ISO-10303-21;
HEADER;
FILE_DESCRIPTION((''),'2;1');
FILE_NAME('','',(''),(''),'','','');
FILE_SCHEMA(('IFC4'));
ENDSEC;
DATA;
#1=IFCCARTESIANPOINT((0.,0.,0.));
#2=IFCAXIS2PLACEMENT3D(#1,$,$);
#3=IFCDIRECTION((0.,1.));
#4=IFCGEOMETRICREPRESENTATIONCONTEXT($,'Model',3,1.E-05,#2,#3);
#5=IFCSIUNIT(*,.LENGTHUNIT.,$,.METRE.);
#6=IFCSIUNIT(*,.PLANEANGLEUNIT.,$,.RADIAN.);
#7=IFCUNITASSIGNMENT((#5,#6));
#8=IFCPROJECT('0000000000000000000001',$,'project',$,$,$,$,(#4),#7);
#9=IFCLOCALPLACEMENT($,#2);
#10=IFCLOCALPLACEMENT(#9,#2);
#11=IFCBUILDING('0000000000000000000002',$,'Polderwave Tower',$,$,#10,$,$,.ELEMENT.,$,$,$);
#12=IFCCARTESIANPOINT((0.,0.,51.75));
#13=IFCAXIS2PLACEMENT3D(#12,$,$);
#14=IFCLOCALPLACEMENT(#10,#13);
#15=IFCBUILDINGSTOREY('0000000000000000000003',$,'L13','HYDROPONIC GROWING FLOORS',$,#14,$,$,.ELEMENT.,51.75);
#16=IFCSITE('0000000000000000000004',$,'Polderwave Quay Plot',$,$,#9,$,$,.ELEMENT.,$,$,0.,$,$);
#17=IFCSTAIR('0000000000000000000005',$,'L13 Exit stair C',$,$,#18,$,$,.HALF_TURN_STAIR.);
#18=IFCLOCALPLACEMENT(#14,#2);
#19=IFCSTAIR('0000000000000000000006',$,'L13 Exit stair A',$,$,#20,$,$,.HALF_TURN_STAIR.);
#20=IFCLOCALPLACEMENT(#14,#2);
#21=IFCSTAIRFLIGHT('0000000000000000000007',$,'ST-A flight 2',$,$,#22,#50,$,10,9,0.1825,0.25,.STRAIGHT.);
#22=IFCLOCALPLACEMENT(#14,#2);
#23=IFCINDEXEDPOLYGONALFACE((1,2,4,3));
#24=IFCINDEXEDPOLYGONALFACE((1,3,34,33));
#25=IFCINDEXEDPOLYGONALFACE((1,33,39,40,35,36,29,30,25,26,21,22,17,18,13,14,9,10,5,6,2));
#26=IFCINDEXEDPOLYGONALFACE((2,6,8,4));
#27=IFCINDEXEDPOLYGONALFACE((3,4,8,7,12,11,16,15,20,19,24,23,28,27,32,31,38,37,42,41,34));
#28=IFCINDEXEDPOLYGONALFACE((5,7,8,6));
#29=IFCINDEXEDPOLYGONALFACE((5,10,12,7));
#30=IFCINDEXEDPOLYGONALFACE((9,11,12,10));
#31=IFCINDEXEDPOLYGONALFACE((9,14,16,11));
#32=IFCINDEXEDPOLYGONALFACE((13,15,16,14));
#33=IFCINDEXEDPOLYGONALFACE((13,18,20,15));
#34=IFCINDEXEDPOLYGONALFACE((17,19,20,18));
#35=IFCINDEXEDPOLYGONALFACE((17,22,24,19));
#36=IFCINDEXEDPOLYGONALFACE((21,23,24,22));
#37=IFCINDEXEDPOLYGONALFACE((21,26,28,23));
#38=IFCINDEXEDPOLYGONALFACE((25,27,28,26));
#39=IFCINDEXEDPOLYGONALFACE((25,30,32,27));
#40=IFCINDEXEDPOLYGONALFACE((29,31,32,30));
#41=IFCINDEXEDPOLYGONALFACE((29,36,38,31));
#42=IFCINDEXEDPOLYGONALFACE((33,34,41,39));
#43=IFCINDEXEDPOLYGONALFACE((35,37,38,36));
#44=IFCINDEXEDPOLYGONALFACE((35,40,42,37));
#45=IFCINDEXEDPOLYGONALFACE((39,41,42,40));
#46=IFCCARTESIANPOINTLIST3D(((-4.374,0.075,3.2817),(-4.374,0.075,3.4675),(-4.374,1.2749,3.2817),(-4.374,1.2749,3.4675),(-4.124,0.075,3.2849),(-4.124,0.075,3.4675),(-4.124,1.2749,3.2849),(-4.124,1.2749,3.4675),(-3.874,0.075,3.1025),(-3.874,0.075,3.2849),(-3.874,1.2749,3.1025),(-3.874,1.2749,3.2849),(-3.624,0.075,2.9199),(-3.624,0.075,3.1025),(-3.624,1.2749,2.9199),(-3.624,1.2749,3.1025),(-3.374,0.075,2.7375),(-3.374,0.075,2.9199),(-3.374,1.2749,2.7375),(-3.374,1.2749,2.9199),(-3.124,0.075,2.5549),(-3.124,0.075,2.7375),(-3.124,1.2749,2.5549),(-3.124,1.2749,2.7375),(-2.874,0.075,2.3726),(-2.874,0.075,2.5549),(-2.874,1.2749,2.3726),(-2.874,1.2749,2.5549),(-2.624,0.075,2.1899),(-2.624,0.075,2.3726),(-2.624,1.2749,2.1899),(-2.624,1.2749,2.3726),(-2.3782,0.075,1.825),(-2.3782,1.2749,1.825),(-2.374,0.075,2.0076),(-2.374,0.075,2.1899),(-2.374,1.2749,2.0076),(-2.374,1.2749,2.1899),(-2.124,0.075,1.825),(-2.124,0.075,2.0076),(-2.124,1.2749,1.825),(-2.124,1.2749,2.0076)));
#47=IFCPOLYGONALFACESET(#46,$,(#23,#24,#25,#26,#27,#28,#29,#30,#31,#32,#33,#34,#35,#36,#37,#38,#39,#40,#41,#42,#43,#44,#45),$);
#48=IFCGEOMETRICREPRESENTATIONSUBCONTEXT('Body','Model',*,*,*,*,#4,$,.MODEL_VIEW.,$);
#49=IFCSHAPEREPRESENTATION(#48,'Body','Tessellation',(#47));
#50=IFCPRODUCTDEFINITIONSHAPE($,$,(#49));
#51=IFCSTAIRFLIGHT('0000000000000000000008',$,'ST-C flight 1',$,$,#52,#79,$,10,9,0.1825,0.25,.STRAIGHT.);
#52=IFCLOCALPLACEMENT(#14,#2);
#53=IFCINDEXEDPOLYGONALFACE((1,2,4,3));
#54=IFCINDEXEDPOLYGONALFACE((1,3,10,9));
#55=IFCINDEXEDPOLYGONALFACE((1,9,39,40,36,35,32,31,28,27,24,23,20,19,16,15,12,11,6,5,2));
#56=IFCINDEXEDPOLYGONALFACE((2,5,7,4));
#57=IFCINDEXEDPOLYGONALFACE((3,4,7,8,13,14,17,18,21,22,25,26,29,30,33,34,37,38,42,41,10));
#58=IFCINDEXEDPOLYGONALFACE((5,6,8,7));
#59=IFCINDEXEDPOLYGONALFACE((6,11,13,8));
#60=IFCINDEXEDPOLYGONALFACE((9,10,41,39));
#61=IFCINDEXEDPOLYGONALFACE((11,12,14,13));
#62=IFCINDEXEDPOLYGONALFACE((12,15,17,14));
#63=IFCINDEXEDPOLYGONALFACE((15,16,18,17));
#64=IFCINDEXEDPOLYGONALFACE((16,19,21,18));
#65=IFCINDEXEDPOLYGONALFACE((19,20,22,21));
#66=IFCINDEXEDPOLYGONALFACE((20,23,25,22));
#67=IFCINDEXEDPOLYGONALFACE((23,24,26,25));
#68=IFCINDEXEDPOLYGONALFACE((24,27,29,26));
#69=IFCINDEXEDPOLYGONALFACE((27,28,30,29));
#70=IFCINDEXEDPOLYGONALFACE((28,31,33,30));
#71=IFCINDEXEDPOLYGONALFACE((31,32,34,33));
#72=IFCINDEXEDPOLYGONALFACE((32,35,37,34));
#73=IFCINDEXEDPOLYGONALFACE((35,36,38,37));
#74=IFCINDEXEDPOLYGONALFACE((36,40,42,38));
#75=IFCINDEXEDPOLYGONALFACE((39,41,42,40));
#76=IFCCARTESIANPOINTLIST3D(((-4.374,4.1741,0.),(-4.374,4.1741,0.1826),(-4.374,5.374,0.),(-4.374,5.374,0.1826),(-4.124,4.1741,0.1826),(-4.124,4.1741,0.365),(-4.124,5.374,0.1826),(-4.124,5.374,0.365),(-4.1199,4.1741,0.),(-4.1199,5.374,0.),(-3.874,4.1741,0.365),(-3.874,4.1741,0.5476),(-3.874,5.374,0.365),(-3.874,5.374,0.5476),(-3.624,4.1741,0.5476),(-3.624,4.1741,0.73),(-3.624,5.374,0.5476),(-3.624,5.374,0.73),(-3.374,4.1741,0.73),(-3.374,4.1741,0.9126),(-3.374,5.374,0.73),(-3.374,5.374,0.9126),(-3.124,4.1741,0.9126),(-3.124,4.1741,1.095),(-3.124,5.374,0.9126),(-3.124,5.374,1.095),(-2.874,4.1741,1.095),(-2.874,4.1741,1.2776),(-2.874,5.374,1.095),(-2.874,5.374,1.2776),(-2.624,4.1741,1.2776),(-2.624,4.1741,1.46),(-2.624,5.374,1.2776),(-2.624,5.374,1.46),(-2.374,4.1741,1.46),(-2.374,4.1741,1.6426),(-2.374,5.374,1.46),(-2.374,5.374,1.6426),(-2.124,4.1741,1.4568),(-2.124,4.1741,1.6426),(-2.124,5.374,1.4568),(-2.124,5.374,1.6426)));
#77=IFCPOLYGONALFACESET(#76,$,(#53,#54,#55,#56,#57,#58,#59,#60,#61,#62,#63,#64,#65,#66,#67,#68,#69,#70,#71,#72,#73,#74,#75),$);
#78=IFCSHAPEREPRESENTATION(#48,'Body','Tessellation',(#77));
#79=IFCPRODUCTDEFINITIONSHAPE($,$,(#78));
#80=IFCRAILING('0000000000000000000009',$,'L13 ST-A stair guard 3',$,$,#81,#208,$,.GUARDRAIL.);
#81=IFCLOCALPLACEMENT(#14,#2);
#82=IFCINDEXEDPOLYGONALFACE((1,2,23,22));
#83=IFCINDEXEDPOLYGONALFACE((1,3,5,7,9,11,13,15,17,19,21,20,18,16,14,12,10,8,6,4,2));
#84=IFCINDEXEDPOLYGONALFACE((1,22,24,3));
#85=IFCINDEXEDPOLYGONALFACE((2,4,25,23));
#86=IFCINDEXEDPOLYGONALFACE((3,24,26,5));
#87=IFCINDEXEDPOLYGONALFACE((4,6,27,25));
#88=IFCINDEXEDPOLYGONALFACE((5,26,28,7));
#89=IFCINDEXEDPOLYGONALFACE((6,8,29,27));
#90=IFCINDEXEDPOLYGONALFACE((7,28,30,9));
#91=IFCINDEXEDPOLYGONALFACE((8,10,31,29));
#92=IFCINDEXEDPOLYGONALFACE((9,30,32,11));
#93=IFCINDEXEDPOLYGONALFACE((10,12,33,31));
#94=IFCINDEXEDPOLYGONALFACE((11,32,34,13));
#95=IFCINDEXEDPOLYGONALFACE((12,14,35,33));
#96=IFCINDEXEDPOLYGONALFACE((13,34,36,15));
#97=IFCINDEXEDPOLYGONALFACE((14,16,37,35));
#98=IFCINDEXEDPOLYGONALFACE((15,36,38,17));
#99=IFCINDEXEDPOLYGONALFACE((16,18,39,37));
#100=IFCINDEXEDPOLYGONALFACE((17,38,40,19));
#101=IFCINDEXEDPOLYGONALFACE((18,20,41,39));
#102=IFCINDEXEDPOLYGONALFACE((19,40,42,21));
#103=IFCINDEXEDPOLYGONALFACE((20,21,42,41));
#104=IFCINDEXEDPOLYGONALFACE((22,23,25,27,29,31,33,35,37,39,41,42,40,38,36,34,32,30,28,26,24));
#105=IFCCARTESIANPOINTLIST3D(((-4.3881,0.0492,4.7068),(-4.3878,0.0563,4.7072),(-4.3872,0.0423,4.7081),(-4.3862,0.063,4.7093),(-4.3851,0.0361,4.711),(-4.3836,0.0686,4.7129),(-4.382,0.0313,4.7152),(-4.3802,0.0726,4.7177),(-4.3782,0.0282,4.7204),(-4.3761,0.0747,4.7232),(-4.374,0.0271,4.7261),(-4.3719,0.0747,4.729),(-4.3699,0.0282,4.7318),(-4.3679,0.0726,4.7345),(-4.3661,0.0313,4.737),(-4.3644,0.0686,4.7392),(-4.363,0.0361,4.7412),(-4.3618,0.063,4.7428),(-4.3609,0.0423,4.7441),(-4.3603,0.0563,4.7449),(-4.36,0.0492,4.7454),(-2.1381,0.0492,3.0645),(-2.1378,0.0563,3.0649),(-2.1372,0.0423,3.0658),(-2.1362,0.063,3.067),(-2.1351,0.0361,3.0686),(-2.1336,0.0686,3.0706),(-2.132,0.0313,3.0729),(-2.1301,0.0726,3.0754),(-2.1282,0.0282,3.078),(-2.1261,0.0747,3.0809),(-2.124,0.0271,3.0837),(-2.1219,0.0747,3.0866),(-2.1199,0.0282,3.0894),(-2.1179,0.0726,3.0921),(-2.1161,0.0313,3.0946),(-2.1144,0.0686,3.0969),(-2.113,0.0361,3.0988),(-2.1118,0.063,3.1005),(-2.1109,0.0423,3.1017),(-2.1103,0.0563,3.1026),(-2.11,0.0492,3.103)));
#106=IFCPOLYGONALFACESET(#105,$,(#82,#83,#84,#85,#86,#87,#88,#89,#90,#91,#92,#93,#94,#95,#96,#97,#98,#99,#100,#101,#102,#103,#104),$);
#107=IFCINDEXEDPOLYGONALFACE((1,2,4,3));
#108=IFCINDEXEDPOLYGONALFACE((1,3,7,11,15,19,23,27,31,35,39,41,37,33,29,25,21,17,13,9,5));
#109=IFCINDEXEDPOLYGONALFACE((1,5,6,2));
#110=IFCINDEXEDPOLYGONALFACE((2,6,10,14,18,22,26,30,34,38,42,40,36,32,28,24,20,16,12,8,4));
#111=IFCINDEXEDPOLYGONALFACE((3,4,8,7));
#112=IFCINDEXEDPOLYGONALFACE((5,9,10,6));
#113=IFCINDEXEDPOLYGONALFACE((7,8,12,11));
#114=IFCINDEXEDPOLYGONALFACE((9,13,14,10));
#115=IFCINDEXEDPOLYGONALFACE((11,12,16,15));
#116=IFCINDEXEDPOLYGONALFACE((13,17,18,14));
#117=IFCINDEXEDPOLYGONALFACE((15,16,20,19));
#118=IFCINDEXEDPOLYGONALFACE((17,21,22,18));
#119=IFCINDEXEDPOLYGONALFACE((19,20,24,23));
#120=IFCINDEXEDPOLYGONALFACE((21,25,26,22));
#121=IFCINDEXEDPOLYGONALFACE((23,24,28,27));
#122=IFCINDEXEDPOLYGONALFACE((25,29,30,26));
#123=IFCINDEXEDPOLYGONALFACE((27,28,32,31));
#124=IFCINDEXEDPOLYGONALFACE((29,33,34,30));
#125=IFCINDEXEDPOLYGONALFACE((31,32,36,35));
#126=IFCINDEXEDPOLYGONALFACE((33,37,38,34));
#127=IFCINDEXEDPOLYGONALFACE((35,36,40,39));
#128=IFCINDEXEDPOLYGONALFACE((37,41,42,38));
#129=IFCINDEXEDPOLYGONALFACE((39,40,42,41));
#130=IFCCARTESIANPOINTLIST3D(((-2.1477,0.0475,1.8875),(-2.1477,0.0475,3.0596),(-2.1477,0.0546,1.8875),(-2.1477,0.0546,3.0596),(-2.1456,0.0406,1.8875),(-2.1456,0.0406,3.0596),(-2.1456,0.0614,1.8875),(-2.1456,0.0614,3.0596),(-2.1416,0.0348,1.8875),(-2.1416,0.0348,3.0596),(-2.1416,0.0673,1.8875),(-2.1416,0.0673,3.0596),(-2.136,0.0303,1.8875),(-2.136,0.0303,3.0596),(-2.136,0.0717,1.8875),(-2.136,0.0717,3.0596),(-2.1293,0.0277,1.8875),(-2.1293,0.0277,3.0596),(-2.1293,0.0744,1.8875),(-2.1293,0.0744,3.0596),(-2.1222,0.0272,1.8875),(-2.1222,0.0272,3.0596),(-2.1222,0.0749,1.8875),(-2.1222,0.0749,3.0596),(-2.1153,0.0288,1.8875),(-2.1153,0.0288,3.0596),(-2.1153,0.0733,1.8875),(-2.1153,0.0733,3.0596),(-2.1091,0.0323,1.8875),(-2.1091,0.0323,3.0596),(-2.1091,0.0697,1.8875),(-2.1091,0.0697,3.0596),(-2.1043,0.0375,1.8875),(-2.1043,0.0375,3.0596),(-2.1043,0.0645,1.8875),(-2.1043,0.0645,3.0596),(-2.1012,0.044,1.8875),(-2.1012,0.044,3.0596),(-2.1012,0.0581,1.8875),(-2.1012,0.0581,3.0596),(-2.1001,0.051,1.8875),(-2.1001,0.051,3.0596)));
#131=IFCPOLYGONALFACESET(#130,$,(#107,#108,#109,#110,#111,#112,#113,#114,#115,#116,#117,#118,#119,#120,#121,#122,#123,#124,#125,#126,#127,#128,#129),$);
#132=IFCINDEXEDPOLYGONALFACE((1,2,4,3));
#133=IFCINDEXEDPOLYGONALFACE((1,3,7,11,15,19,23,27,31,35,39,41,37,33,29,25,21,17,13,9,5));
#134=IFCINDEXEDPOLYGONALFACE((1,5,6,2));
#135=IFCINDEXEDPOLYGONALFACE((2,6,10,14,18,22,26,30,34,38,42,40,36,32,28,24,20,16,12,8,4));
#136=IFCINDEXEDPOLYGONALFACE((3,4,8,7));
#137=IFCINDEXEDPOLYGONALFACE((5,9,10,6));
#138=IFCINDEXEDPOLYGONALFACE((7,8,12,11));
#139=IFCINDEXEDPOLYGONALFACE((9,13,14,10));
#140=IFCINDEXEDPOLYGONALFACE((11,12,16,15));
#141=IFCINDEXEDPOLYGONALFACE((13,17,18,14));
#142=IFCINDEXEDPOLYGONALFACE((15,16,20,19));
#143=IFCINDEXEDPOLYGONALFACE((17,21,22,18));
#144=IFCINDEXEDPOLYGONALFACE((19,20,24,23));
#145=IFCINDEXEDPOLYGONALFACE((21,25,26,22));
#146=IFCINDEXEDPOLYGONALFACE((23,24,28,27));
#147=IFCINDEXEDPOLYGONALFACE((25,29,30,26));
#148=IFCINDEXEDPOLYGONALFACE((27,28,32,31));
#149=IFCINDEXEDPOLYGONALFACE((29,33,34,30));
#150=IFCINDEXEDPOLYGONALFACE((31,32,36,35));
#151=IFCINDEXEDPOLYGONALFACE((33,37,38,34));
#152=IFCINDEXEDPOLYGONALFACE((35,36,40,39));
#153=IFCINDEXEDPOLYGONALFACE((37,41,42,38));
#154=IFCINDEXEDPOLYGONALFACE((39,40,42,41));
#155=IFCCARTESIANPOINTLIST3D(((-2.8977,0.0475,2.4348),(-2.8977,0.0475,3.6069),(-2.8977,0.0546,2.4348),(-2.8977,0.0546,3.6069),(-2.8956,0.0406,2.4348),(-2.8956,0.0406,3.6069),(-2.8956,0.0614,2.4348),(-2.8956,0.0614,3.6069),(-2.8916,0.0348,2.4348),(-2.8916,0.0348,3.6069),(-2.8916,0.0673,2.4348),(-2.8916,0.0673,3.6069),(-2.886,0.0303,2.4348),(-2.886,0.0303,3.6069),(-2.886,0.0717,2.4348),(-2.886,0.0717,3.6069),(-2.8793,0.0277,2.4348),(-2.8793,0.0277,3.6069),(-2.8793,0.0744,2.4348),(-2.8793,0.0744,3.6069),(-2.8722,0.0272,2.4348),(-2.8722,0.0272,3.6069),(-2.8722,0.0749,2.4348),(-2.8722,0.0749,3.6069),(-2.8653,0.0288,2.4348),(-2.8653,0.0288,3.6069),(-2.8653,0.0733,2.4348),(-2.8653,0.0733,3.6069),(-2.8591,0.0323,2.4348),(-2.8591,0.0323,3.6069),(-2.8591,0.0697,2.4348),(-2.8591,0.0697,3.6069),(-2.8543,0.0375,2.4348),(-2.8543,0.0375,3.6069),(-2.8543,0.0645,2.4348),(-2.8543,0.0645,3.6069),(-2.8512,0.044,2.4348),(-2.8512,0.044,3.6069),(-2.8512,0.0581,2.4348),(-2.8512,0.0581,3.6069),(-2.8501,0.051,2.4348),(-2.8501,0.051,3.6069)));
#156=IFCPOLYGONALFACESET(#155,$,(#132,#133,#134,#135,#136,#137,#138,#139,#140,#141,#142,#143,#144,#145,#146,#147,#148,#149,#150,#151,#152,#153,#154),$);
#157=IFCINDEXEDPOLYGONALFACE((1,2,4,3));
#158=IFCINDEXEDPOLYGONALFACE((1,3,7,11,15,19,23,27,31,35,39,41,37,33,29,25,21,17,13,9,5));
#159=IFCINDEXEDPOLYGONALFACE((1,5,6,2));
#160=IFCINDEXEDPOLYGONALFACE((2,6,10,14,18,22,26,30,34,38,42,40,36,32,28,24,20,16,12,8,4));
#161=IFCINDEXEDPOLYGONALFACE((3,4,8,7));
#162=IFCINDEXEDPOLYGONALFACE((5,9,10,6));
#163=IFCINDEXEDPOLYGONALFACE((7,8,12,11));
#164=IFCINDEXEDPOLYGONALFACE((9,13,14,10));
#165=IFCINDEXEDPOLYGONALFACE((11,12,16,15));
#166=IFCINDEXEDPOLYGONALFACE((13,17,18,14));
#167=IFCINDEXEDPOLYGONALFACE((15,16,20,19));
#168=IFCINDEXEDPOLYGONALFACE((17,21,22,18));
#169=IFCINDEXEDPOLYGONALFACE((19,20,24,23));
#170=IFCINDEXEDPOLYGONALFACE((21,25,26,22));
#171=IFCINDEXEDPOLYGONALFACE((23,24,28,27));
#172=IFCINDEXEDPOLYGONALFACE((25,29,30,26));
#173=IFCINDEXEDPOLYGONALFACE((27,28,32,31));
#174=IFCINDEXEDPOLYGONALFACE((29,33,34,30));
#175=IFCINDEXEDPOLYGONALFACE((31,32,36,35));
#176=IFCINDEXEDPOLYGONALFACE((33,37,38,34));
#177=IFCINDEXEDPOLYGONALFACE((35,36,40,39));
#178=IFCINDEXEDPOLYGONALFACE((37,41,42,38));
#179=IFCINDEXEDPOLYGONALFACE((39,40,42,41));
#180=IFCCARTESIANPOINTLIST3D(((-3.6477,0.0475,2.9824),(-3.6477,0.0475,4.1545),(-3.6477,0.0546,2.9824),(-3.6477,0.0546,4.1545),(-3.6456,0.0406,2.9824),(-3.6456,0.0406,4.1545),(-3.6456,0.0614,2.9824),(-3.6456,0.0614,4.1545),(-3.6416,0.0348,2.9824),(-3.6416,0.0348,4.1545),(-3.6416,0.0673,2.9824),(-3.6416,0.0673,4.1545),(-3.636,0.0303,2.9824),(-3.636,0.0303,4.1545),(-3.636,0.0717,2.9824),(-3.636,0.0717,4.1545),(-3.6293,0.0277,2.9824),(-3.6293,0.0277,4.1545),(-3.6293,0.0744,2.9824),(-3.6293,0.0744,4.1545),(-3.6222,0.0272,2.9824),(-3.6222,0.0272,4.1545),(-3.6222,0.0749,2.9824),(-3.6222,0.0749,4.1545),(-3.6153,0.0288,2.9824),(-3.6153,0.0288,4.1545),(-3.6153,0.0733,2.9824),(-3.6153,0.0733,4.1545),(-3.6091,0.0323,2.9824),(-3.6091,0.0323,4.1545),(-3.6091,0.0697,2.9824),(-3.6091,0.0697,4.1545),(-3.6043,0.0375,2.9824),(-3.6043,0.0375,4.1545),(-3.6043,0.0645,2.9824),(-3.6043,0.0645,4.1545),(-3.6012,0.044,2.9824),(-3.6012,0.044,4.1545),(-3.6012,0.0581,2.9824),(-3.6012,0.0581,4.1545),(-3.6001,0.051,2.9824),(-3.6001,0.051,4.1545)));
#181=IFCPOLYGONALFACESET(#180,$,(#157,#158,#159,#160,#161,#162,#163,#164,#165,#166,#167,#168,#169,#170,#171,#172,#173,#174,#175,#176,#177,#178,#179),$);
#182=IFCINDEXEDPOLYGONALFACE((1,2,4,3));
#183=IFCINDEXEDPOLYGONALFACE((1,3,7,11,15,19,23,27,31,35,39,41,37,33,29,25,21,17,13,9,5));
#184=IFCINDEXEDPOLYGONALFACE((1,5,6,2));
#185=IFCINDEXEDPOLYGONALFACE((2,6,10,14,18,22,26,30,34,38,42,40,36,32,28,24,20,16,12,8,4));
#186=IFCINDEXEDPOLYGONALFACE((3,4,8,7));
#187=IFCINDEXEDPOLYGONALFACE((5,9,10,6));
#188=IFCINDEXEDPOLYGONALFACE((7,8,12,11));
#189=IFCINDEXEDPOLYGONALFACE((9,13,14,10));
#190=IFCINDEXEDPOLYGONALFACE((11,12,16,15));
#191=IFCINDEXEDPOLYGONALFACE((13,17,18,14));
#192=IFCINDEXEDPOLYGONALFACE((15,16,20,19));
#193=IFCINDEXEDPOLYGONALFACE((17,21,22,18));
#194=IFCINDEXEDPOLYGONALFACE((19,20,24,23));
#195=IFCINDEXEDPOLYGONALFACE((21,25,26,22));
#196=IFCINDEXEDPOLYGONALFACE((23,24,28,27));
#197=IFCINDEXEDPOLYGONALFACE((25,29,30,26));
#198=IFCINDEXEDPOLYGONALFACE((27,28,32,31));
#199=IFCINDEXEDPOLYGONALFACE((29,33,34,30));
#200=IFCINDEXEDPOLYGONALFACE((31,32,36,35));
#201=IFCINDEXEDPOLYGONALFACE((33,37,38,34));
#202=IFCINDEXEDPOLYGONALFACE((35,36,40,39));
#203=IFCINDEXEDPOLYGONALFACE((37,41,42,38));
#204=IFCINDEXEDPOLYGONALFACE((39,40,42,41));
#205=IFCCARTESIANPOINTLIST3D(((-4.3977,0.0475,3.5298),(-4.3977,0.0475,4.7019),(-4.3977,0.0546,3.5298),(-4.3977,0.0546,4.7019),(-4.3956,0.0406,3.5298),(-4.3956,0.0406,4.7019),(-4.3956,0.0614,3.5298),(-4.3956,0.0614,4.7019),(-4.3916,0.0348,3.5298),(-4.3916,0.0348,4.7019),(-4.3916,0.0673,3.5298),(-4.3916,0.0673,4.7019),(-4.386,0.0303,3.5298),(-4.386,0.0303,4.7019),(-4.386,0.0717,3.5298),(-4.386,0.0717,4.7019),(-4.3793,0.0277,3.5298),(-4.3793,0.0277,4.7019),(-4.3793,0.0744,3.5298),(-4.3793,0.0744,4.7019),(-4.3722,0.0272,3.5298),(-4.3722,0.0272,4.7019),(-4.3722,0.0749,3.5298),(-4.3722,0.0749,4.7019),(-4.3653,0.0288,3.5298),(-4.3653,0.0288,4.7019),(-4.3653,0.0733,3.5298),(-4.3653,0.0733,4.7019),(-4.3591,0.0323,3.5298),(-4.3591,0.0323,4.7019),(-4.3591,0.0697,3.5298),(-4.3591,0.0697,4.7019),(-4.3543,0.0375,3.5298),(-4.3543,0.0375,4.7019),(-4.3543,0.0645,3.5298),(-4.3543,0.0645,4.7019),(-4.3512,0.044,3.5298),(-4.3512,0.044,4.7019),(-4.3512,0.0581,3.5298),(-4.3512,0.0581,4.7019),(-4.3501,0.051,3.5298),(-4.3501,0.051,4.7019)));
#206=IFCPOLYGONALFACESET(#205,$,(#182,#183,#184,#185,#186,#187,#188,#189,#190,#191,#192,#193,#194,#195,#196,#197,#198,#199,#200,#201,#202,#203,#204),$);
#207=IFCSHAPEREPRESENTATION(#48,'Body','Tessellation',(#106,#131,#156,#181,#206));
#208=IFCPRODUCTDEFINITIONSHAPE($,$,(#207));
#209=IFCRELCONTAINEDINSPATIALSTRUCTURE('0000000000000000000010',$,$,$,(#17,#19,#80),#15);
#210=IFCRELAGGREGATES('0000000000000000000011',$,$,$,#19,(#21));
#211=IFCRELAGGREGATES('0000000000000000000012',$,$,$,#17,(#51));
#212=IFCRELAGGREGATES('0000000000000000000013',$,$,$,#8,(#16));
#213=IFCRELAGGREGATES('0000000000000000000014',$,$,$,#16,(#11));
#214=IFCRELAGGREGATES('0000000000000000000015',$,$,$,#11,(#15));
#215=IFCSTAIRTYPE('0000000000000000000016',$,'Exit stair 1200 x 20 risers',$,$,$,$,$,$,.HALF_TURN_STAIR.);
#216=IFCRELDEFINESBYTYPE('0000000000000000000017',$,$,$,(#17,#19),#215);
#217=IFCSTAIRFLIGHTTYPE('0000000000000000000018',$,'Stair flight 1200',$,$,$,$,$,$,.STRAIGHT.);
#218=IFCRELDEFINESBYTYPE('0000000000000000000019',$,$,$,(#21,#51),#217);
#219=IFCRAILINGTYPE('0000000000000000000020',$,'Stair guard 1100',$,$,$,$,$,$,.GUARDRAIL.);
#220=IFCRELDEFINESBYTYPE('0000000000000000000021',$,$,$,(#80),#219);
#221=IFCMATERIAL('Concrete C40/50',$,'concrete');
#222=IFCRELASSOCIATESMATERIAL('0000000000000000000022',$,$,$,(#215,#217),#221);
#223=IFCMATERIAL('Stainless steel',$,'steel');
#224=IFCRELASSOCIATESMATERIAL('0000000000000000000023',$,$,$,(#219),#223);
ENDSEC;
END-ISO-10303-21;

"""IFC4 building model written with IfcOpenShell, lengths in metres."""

from ifc_helpers import new_model, si_unit, direction, frame, origin, origin_2d, place, context, subcontext, project, spatial, polyline, circle, outline, extrude, material, type_object, element, aggregate, save


model = new_model("IFC4")

# Units and contexts
model_context = context("Model", 3, precision=1e-05, world=origin(), true_north=direction((0.0, 1.0)))
body_context = subcontext(model_context, "Body", "Model", "MODEL_VIEW")
ifc_project = project(units=[si_unit("LENGTHUNIT", "METRE"), si_unit("PLANEANGLEUNIT", "RADIAN")], contexts=[model_context])

# Site, building, storey
site_placement = place(None, origin())
site = spatial("IfcSite", under=ifc_project, at=site_placement, Name="Polderwave Quay Plot", CompositionType="ELEMENT", RefElevation=0.0)
building_placement = place(site_placement, origin())
building = spatial("IfcBuilding", under=site, at=building_placement, Name="Polderwave Tower", CompositionType="ELEMENT")
storey_placement = place(building_placement, frame((0.0, 0.0, 51.75)))
storey = spatial("IfcBuildingStorey", under=building, at=storey_placement, Name="L13", Description="HYDROPONIC GROWING FLOORS", CompositionType="ELEMENT", Elevation=51.75)

# Shared definitions
ifc_material_1 = material(Name="Concrete C40/50", Category="concrete")

# Stair
stair_type = type_object("IfcStairType", Name="Exit stair 1200 x 20 risers", PredefinedType="HALF_TURN_STAIR", material=ifc_material_1)
stair_1_placement = place(storey_placement, origin())
stair_1 = element("IfcStair", 1, at=stair_1_placement, inside=storey, type_object=stair_type, Name="L13 Exit stair C", PredefinedType="HALF_TURN_STAIR")

# Stair, stair flight
stair_2_placement = place(storey_placement, origin())
stair_2 = element("IfcStair", 2, at=stair_2_placement, inside=storey, type_object=stair_type, Name="L13 Exit stair A", PredefinedType="HALF_TURN_STAIR")
stair_flight_type = type_object("IfcStairFlightType", Name="Stair flight 1200", PredefinedType="STRAIGHT", material=ifc_material_1)
stair_flight_1_placement = place(storey_placement, frame((-2.124, 0.675, 1.825), z_axis=(0.0, 0.0, 1.0), x_axis=(-1.0, 0.0, 0.0)))
stair_flight_1 = element("IfcStairFlight", 3, at=stair_flight_1_placement, type_object=stair_flight_type, Name="ST-A flight 2", NumberOfRisers=10, NumberOfTreads=9, PredefinedType="STRAIGHT", RiserHeight=0.1825, TreadLength=0.25, context=body_context, shape_type="SweptSolid", body=[
    extrude(outline(polyline([(0.0, 0.0), (0.0, 0.1826), (0.25, 0.1826), (0.25, 0.365), (0.5, 0.365), (0.5, 0.5476), (0.75, 0.5476), (0.75, 0.73), (1.0, 0.73), (1.0, 0.9126), (1.25, 0.9126), (1.25, 1.095), (1.5, 1.095), (1.5, 1.2776), (1.75, 1.2776), (1.75, 1.46), (2.0, 1.46), (2.0, 1.6426), (2.25, 1.6426), (2.25, 1.825), (2.25, 1.4568), (0.2542, 0.0), (0.0, 0.0)])), frame((0.0, 0.6001, 0.0), z_axis=(0.0, -1.0, 0.0), x_axis=(1.0, 0.0, 0.0)), (0.0, 0.0, 1.0), 1.2),
])
aggregate(stair_2, [stair_flight_1])

# Stair flight
stair_flight_2_placement = place(storey_placement, frame((-4.374, 4.7739, 0.0), z_axis=(0.0, 0.0, 1.0), x_axis=(1.0, 0.0, 0.0)))
stair_flight_2 = element("IfcStairFlight", 4, at=stair_flight_2_placement, type_object=stair_flight_type, Name="ST-C flight 1", NumberOfRisers=10, NumberOfTreads=9, PredefinedType="STRAIGHT", RiserHeight=0.1825, TreadLength=0.25, context=body_context, shape_type="SweptSolid", body=[
    extrude(outline(polyline([(0.0, 0.0), (0.0, 0.1826), (0.25, 0.1826), (0.25, 0.365), (0.5, 0.365), (0.5, 0.5476), (0.75, 0.5476), (0.75, 0.73), (1.0, 0.73), (1.0, 0.9126), (1.25, 0.9126), (1.25, 1.095), (1.5, 1.095), (1.5, 1.2776), (1.75, 1.2776), (1.75, 1.46), (2.0, 1.46), (2.0, 1.6426), (2.25, 1.6426), (2.25, 1.825), (2.25, 1.4568), (0.2542, 0.0), (0.0, 0.0)])), frame((0.0, 0.6001, 0.0), z_axis=(0.0, -1.0, 0.0), x_axis=(1.0, 0.0, 0.0)), (0.0, 0.0, 1.0), 1.2),
])
aggregate(stair_1, [stair_flight_2])

# Railing
ifc_material_2 = material(Name="Stainless steel", Category="steel")
railing_type_1 = type_object("IfcRailingType", Name="Stair guard 1100", PredefinedType="GUARDRAIL", material=ifc_material_2)
railing_1_placement = place(storey_placement, frame((-2.124, 0.051, 1.8875)))
element("IfcRailing", 5, at=railing_1_placement, inside=storey, type_object=railing_type_1, Name="L13 ST-A stair guard 3", PredefinedType="GUARDRAIL", context=body_context, shape_type="SweptSolid", body=[
    extrude(circle(Radius=0.0239, at=origin_2d()), frame((0.0, 0.0, 1.1963), z_axis=(-0.807715, 0.0, 0.589573), x_axis=(0.0, -1.0, 0.0)), (0.0, 0.0, 1.0), 2.7856),
    extrude(circle(Radius=0.0239, at=origin_2d()), origin(), (0.0, 0.0, 1.0), 1.1721),
    extrude(circle(Radius=0.0239, at=origin_2d()), frame((-0.75, 0.0, 0.5474)), (0.0, 0.0, 1.0), 1.1721),
    extrude(circle(Radius=0.0239, at=origin_2d()), frame((-1.5, 0.0, 1.095)), (0.0, 0.0, 1.0), 1.1721),
    extrude(circle(Radius=0.0239, at=origin_2d()), frame((-2.25, 0.0, 1.6423)), (0.0, 0.0, 1.0), 1.1721),
])

save(model, "model.ifc")
